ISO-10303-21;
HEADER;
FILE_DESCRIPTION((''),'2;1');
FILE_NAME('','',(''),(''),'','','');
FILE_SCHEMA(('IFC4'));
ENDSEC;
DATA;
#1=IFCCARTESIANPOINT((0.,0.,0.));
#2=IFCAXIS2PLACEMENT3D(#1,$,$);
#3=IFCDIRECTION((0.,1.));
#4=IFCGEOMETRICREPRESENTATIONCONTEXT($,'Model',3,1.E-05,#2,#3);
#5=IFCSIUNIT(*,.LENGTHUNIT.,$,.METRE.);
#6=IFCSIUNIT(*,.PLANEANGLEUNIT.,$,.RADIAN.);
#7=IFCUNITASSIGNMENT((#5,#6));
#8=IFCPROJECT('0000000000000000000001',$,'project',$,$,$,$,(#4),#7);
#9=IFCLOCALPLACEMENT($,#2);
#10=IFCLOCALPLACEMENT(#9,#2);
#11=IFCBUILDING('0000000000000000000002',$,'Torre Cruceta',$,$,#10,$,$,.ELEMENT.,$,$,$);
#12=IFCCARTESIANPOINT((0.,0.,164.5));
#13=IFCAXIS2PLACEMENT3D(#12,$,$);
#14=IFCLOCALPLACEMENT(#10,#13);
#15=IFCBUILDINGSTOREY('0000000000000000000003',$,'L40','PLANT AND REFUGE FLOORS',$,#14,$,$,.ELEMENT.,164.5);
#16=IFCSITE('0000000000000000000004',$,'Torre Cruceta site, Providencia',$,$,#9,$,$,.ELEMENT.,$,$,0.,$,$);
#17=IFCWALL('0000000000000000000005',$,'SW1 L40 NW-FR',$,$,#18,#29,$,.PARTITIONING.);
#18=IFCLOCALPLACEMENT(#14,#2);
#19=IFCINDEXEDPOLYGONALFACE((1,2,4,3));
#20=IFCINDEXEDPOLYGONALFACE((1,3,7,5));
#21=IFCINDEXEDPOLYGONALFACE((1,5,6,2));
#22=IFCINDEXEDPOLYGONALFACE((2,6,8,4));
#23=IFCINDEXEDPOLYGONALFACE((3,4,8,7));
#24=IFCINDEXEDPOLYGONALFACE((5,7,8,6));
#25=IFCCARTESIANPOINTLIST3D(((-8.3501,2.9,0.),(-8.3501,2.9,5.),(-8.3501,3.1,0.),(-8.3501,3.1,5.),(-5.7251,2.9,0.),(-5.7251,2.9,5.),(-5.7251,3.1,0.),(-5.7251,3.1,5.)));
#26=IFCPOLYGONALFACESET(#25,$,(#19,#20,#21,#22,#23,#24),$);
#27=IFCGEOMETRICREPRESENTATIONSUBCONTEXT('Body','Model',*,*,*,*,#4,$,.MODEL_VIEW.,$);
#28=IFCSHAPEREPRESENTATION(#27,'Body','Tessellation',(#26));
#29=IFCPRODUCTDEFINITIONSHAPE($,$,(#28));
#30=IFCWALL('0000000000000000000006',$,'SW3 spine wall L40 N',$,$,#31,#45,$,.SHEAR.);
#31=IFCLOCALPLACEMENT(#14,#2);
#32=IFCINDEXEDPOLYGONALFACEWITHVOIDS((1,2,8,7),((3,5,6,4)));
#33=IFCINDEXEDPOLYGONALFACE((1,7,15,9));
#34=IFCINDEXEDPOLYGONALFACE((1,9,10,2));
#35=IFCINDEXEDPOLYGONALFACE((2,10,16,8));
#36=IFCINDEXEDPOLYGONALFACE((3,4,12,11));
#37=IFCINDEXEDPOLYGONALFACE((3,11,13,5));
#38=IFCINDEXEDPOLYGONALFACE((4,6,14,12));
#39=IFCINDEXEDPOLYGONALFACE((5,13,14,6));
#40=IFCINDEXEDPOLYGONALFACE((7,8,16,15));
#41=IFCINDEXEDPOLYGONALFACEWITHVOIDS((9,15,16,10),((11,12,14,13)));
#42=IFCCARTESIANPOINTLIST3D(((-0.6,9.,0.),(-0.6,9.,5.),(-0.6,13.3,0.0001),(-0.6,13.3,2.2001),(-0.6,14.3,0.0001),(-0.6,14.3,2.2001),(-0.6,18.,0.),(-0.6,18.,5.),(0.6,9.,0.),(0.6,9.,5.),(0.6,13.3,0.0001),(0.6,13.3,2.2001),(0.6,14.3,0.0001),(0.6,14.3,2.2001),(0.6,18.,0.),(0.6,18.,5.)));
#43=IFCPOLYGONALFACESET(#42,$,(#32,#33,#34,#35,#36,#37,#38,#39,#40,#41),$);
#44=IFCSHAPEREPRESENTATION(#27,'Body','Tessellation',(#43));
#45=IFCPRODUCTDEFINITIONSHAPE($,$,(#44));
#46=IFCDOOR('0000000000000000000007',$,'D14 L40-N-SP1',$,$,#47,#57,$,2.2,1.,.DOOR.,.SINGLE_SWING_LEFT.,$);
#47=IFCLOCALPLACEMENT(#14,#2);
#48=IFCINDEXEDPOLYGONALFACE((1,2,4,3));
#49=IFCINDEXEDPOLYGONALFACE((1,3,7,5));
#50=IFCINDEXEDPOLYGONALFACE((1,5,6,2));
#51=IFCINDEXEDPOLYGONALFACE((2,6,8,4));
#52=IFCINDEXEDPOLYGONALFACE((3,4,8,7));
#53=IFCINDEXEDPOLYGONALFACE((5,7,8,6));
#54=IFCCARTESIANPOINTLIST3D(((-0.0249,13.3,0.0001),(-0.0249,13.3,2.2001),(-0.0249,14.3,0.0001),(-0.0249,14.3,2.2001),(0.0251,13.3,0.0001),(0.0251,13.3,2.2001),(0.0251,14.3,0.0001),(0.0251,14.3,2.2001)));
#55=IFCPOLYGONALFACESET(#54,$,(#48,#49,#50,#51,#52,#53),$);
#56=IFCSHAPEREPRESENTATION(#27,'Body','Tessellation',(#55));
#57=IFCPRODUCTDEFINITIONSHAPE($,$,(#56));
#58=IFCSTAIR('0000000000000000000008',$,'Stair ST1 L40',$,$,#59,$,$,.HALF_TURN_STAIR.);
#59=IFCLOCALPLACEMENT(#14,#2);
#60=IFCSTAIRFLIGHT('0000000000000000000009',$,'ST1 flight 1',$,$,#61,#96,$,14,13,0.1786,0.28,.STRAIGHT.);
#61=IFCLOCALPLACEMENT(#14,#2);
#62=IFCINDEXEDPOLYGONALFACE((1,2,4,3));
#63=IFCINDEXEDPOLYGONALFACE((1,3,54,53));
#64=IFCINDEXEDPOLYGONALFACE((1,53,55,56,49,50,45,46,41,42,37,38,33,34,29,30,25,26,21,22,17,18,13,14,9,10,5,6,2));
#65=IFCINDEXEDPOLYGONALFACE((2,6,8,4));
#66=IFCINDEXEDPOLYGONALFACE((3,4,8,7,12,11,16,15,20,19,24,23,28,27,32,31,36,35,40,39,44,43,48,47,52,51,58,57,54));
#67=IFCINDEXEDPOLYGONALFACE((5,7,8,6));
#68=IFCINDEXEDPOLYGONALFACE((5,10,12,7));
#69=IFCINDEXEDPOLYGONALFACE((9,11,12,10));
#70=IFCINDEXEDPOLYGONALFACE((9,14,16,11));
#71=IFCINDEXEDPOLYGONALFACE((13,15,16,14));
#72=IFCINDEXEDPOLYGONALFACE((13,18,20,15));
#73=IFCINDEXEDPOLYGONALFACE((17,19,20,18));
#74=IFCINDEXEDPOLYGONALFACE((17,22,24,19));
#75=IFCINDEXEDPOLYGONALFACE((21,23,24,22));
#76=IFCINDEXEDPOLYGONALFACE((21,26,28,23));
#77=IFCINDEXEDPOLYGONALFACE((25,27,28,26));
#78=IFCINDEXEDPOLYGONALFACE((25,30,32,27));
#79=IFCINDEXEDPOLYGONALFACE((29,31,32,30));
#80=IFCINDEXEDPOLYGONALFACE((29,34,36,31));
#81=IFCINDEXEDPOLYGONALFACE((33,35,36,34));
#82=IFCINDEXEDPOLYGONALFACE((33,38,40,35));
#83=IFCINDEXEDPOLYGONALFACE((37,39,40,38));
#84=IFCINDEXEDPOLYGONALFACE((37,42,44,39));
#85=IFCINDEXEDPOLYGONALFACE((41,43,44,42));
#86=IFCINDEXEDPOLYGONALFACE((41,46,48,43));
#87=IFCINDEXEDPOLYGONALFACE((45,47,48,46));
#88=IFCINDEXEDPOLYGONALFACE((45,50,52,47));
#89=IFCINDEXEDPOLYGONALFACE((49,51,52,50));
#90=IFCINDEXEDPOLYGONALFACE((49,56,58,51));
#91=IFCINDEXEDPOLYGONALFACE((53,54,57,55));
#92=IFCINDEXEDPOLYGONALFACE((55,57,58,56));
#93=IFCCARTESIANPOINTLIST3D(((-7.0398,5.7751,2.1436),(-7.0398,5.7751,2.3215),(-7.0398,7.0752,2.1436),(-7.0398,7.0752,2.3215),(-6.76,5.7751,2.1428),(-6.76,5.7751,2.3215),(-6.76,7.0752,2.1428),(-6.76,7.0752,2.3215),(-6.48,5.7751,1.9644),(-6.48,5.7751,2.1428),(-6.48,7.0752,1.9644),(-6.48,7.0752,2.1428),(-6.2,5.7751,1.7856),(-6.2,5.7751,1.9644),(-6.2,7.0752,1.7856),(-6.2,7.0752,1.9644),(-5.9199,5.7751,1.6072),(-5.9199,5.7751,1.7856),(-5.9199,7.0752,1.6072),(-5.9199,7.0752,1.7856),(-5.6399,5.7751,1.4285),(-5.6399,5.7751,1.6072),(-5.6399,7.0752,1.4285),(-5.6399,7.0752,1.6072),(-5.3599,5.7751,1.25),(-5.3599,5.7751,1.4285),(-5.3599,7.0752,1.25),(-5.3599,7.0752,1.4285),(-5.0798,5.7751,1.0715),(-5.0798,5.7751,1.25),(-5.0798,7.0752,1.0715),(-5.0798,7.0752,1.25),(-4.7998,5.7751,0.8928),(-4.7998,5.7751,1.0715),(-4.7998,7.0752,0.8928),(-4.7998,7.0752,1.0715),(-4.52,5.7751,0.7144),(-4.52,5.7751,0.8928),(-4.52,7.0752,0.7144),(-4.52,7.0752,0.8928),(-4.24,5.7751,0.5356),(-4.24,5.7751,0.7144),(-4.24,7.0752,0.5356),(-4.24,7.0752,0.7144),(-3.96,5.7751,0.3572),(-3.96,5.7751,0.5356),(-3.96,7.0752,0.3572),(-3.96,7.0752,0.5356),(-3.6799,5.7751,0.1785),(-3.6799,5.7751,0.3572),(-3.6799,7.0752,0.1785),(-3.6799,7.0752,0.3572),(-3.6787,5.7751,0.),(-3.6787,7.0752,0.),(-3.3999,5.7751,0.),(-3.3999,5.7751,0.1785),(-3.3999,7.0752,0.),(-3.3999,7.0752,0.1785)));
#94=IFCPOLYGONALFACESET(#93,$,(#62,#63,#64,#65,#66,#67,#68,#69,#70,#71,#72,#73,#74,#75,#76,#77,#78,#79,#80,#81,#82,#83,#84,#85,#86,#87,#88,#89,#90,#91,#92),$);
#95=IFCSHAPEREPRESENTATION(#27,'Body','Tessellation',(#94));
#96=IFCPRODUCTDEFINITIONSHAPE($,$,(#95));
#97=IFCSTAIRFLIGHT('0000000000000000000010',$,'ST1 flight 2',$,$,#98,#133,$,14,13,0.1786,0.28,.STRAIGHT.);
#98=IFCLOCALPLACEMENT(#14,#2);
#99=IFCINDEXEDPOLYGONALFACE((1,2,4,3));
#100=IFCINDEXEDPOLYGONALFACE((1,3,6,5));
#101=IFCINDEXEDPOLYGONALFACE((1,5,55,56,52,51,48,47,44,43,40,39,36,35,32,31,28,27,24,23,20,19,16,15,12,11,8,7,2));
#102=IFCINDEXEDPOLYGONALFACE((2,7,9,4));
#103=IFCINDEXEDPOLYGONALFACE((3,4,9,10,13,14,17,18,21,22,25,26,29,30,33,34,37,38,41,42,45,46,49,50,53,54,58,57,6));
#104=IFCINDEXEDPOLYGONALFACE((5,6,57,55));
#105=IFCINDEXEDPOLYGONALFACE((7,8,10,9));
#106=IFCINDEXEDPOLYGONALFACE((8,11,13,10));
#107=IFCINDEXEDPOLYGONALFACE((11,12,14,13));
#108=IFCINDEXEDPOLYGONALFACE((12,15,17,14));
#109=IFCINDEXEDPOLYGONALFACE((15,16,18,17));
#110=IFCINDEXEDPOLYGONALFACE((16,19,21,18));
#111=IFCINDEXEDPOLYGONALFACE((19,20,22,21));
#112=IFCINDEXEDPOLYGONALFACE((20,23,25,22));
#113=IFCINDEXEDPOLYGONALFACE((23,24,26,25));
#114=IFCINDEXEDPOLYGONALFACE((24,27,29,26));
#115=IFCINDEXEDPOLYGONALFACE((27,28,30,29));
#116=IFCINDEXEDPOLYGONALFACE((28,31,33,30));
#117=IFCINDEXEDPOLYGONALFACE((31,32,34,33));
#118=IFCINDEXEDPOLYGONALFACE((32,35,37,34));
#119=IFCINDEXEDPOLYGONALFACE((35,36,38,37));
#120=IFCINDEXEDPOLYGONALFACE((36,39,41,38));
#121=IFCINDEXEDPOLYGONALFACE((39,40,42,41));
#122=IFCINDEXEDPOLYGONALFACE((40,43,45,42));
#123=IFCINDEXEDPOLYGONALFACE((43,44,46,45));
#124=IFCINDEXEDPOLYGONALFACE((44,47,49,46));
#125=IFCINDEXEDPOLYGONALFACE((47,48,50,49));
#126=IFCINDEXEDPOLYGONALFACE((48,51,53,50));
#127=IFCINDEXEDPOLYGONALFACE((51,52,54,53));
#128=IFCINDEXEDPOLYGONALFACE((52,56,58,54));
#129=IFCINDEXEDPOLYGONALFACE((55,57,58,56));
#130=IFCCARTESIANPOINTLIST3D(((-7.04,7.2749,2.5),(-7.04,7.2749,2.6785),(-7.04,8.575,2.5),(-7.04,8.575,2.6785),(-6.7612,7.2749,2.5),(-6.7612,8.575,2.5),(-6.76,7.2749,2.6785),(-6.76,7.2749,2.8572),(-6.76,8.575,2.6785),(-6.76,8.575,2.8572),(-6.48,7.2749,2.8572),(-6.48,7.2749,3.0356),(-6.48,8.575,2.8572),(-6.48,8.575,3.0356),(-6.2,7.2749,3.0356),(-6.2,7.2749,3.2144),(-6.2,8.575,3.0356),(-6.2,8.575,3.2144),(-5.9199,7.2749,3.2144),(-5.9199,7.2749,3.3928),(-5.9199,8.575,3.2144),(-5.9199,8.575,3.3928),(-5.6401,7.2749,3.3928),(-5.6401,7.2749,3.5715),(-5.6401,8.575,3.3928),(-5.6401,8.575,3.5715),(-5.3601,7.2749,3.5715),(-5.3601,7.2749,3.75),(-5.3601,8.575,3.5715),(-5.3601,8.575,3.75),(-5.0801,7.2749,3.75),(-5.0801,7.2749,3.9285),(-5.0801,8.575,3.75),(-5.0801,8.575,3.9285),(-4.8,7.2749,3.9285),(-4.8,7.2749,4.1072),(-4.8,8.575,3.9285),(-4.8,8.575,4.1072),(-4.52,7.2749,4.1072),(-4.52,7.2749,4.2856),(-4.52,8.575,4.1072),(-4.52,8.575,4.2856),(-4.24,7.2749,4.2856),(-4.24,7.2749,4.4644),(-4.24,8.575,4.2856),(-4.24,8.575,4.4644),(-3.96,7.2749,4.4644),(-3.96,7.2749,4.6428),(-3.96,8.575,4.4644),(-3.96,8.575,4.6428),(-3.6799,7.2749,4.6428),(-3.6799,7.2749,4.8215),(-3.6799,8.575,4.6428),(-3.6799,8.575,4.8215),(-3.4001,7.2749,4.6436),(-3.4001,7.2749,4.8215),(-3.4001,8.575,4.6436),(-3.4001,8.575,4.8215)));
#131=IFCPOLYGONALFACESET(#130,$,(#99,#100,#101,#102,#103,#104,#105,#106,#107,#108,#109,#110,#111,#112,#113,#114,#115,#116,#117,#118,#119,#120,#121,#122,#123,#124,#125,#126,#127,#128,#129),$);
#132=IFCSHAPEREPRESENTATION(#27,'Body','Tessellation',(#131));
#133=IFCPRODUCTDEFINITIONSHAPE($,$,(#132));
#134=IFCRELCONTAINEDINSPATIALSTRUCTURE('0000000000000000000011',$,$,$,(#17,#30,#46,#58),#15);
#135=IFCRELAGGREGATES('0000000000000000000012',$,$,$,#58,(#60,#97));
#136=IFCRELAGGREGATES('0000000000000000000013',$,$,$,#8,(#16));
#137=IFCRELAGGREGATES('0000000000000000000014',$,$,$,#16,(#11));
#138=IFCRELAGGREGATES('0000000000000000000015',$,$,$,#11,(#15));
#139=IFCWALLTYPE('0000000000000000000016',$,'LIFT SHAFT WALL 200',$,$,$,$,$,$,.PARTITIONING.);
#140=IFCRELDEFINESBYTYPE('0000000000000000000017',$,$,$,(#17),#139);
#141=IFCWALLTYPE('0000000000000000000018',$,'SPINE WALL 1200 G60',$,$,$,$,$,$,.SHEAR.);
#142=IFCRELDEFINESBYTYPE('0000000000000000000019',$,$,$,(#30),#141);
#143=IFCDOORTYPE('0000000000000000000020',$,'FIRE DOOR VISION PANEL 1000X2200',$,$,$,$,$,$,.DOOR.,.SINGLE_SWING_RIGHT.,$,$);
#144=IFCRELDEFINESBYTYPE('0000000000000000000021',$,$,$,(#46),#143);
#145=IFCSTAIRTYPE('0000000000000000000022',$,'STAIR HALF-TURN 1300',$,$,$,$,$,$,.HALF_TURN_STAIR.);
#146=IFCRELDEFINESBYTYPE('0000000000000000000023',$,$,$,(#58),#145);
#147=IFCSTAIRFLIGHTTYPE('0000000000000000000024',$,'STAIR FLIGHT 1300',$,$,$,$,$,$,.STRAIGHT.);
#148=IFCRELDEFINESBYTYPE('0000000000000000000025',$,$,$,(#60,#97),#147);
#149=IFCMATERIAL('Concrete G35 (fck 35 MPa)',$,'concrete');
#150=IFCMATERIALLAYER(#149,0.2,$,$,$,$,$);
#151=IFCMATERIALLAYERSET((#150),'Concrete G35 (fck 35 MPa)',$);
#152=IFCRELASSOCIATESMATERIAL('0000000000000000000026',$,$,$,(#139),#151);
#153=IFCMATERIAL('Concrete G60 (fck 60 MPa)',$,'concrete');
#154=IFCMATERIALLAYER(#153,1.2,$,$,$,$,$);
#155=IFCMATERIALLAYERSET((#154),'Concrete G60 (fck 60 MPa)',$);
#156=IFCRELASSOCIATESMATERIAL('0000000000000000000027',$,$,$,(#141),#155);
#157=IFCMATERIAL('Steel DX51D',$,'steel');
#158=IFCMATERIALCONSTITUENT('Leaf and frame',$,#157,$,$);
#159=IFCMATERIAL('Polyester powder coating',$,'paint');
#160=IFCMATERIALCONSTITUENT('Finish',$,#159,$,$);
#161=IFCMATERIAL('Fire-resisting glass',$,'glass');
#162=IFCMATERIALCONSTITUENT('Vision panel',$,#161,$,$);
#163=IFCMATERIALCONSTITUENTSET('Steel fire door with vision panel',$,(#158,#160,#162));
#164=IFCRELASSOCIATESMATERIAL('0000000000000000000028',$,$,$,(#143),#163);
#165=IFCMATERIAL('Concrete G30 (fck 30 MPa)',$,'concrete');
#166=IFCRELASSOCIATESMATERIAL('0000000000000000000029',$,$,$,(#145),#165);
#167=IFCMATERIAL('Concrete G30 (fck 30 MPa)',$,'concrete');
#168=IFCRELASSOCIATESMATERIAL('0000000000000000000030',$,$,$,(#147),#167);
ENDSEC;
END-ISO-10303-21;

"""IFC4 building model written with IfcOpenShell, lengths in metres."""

from ifc_helpers import new_model, si_unit, direction, frame, frame_2d, origin, place, context, subcontext, project, spatial, polyline, rectangle, outline, extrude, material, layer, layer_set, constituent, constituent_set, type_object, element, fill, aggregate, save


model = new_model("IFC4")

# Units and contexts
model_context = context("Model", 3, precision=1e-05, world=origin(), true_north=direction((0.0, 1.0)))
body_context = subcontext(model_context, "Body", "Model", "MODEL_VIEW")
ifc_project = project(units=[si_unit("LENGTHUNIT", "METRE"), si_unit("PLANEANGLEUNIT", "RADIAN")], contexts=[model_context])

# Site, building, storey
site_placement = place(None, origin())
site = spatial("IfcSite", under=ifc_project, at=site_placement, Name="Torre Cruceta site, Providencia", CompositionType="ELEMENT", RefElevation=0.0)
building_placement = place(site_placement, origin())
building = spatial("IfcBuilding", under=site, at=building_placement, Name="Torre Cruceta", CompositionType="ELEMENT")
storey_placement = place(building_placement, frame((0.0, 0.0, 164.5)))
storey = spatial("IfcBuildingStorey", under=building, at=storey_placement, Name="L40", Description="PLANT AND REFUGE FLOORS", CompositionType="ELEMENT", Elevation=164.5)

# Wall
ifc_material_1 = material(Name="Concrete G35 (fck 35 MPa)", Category="concrete")
ifc_layer_1 = layer(ifc_material_1, 0.2)
ifc_layer_set_1 = layer_set([ifc_layer_1], Name="Concrete G35 (fck 35 MPa)")
wall_type_1 = type_object("IfcWallType", Name="LIFT SHAFT WALL 200", PredefinedType="PARTITIONING", material=ifc_layer_set_1)
wall_1_placement = place(storey_placement, frame((-5.7251, 3.0, 0.0), z_axis=(0.0, 0.0, 1.0), x_axis=(-1.0, 0.0, 0.0)))
element("IfcWall", 1, at=wall_1_placement, inside=storey, type_object=wall_type_1, Name="SW1 L40 NW-FR", PredefinedType="PARTITIONING", context=body_context, shape_type="SweptSolid", body=[
    extrude(rectangle(XDim=2.625, YDim=0.2, at=frame_2d((1.3125, 0.0))), origin(), (0.0, 0.0, 1.0), 5.0),
])

# Wall, opening, door
ifc_material_2 = material(Name="Concrete G60 (fck 60 MPa)", Category="concrete")
ifc_layer_2 = layer(ifc_material_2, 1.2)
ifc_layer_set_2 = layer_set([ifc_layer_2], Name="Concrete G60 (fck 60 MPa)")
wall_type_2 = type_object("IfcWallType", Name="SPINE WALL 1200 G60", PredefinedType="SHEAR", material=ifc_layer_set_2)
wall_2_placement = place(storey_placement, frame((0.0, 9.0, 0.0), z_axis=(0.0, 0.0, 1.0), x_axis=(0.0, 1.0, 0.0)))
wall_2 = element("IfcWall", 2, at=wall_2_placement, inside=storey, type_object=wall_type_2, Name="SW3 spine wall L40 N", PredefinedType="SHEAR", context=body_context, shape_type="SweptSolid", body=[
    extrude(rectangle(XDim=9.0, YDim=1.2, at=frame_2d((4.5, 0.0))), origin(), (0.0, 0.0, 1.0), 5.0),
])
opening_1_placement = place(wall_2_placement, frame((4.3, 0.0, 0.0)))
opening_1 = element("IfcOpeningElement", 3, at=opening_1_placement, cuts=wall_2, PredefinedType="OPENING", context=body_context, shape_type="SweptSolid", body=[
    extrude(rectangle(XDim=1.0, YDim=2.2, at=frame_2d((0.5, 1.1001))), frame((0.0, 0.6099, 0.0), z_axis=(0.0, -1.0, 0.0), x_axis=(1.0, 0.0, 0.0)), (0.0, 0.0, 1.0), 1.22),
])
ifc_material_3 = material(Name="Steel DX51D", Category="steel")
ifc_constituent_1 = constituent(ifc_material_3, Name="Leaf and frame")
ifc_material_4 = material(Name="Polyester powder coating", Category="paint")
ifc_constituent_2 = constituent(ifc_material_4, Name="Finish")
ifc_material_5 = material(Name="Fire-resisting glass", Category="glass")
ifc_constituent_3 = constituent(ifc_material_5, Name="Vision panel")
ifc_constituent_set_1 = constituent_set(constituents=[ifc_constituent_1, ifc_constituent_2, ifc_constituent_3], Name="Steel fire door with vision panel")
door_type_1 = type_object("IfcDoorType", Name="FIRE DOOR VISION PANEL 1000X2200", OperationType="SINGLE_SWING_RIGHT", PredefinedType="DOOR", material=ifc_constituent_set_1)
door_1_placement = place(opening_1_placement, frame((1.0, 0.0, 0.0), z_axis=(0.0, 0.0, 1.0), x_axis=(-1.0, 0.0, 0.0)))
door_1 = element("IfcDoor", 4, at=door_1_placement, inside=storey, type_object=door_type_1, Name="D14 L40-N-SP1", OperationType="SINGLE_SWING_LEFT", OverallHeight=2.2, OverallWidth=1.0, PredefinedType="DOOR", context=body_context, shape_type="SweptSolid", body=[
    extrude(rectangle(XDim=1.0, YDim=2.2, at=frame_2d((0.5, 1.1001))), frame((0.0, 0.0251, 0.0), z_axis=(0.0, -1.0, 0.0), x_axis=(1.0, 0.0, 0.0)), (0.0, 0.0, 1.0), 0.05),
])
fill(opening_1, door_1)

# Stair, stair flights
ifc_material_6 = material(Name="Concrete G30 (fck 30 MPa)", Category="concrete")
stair_type = type_object("IfcStairType", Name="STAIR HALF-TURN 1300", PredefinedType="HALF_TURN_STAIR", material=ifc_material_6)
stair_placement = place(storey_placement, origin())
stair = element("IfcStair", 5, at=stair_placement, inside=storey, type_object=stair_type, Name="Stair ST1 L40", PredefinedType="HALF_TURN_STAIR")
ifc_material_7 = material(Name="Concrete G30 (fck 30 MPa)", Category="concrete")
stair_flight_type = type_object("IfcStairFlightType", Name="STAIR FLIGHT 1300", PredefinedType="STRAIGHT", material=ifc_material_7)
stair_flight_1_placement = place(storey_placement, frame((-3.3999, 6.425, 0.0), z_axis=(0.0, 0.0, 1.0), x_axis=(-1.0, 0.0, 0.0)))
stair_flight_1 = element("IfcStairFlight", 6, at=stair_flight_1_placement, type_object=stair_flight_type, Name="ST1 flight 1", NumberOfRisers=14, NumberOfTreads=13, PredefinedType="STRAIGHT", RiserHeight=0.1786, TreadLength=0.28, context=body_context, shape_type="SweptSolid", body=[
    extrude(outline(polyline([(0.0, 0.0), (0.0, 0.1785), (0.28, 0.1785), (0.28, 0.3572), (0.5601, 0.3572), (0.5601, 0.5356), (0.8401, 0.5356), (0.8401, 0.7144), (1.1201, 0.7144), (1.1201, 0.8928), (1.3999, 0.8928), (1.3999, 1.0715), (1.6799, 1.0715), (1.6799, 1.25), (1.96, 1.25), (1.96, 1.4285), (2.24, 1.4285), (2.24, 1.6072), (2.52, 1.6072), (2.52, 1.7856), (2.8, 1.7856), (2.8, 1.9644), (3.0801, 1.9644), (3.0801, 2.1428), (3.3601, 2.1428), (3.3601, 2.3215), (3.6399, 2.3215), (3.6399, 2.5), (3.6399, 2.1436), (0.2788, 0.0), (0.0, 0.0)])), frame((0.0, 0.6499, 0.0), z_axis=(0.0, -1.0, 0.0), x_axis=(1.0, 0.0, 0.0)), (0.0, 0.0, 1.0), 1.3),
])
stair_flight_2_placement = place(storey_placement, frame((-7.04, 7.925, 2.5), z_axis=(0.0, 0.0, 1.0), x_axis=(1.0, 0.0, 0.0)))
stair_flight_2 = element("IfcStairFlight", 7, at=stair_flight_2_placement, type_object=stair_flight_type, Name="ST1 flight 2", NumberOfRisers=14, NumberOfTreads=13, PredefinedType="STRAIGHT", RiserHeight=0.1786, TreadLength=0.28, context=body_context, shape_type="SweptSolid", body=[
    extrude(outline(polyline([(0.0, 0.0), (0.0, 0.1785), (0.28, 0.1785), (0.28, 0.3572), (0.5601, 0.3572), (0.5601, 0.5356), (0.8401, 0.5356), (0.8401, 0.7144), (1.1201, 0.7144), (1.1201, 0.8928), (1.3999, 0.8928), (1.3999, 1.0715), (1.6799, 1.0715), (1.6799, 1.25), (1.96, 1.25), (1.96, 1.4285), (2.24, 1.4285), (2.24, 1.6072), (2.52, 1.6072), (2.52, 1.7856), (2.8, 1.7856), (2.8, 1.9644), (3.0801, 1.9644), (3.0801, 2.1428), (3.3601, 2.1428), (3.3601, 2.3215), (3.6399, 2.3215), (3.6399, 2.5), (3.6399, 2.1436), (0.2788, 0.0), (0.0, 0.0)])), frame((0.0, 0.6499, 0.0), z_axis=(0.0, -1.0, 0.0), x_axis=(1.0, 0.0, 0.0)), (0.0, 0.0, 1.0), 1.3),
])
aggregate(stair, [stair_flight_1, stair_flight_2])

save(model, "model.ifc")
